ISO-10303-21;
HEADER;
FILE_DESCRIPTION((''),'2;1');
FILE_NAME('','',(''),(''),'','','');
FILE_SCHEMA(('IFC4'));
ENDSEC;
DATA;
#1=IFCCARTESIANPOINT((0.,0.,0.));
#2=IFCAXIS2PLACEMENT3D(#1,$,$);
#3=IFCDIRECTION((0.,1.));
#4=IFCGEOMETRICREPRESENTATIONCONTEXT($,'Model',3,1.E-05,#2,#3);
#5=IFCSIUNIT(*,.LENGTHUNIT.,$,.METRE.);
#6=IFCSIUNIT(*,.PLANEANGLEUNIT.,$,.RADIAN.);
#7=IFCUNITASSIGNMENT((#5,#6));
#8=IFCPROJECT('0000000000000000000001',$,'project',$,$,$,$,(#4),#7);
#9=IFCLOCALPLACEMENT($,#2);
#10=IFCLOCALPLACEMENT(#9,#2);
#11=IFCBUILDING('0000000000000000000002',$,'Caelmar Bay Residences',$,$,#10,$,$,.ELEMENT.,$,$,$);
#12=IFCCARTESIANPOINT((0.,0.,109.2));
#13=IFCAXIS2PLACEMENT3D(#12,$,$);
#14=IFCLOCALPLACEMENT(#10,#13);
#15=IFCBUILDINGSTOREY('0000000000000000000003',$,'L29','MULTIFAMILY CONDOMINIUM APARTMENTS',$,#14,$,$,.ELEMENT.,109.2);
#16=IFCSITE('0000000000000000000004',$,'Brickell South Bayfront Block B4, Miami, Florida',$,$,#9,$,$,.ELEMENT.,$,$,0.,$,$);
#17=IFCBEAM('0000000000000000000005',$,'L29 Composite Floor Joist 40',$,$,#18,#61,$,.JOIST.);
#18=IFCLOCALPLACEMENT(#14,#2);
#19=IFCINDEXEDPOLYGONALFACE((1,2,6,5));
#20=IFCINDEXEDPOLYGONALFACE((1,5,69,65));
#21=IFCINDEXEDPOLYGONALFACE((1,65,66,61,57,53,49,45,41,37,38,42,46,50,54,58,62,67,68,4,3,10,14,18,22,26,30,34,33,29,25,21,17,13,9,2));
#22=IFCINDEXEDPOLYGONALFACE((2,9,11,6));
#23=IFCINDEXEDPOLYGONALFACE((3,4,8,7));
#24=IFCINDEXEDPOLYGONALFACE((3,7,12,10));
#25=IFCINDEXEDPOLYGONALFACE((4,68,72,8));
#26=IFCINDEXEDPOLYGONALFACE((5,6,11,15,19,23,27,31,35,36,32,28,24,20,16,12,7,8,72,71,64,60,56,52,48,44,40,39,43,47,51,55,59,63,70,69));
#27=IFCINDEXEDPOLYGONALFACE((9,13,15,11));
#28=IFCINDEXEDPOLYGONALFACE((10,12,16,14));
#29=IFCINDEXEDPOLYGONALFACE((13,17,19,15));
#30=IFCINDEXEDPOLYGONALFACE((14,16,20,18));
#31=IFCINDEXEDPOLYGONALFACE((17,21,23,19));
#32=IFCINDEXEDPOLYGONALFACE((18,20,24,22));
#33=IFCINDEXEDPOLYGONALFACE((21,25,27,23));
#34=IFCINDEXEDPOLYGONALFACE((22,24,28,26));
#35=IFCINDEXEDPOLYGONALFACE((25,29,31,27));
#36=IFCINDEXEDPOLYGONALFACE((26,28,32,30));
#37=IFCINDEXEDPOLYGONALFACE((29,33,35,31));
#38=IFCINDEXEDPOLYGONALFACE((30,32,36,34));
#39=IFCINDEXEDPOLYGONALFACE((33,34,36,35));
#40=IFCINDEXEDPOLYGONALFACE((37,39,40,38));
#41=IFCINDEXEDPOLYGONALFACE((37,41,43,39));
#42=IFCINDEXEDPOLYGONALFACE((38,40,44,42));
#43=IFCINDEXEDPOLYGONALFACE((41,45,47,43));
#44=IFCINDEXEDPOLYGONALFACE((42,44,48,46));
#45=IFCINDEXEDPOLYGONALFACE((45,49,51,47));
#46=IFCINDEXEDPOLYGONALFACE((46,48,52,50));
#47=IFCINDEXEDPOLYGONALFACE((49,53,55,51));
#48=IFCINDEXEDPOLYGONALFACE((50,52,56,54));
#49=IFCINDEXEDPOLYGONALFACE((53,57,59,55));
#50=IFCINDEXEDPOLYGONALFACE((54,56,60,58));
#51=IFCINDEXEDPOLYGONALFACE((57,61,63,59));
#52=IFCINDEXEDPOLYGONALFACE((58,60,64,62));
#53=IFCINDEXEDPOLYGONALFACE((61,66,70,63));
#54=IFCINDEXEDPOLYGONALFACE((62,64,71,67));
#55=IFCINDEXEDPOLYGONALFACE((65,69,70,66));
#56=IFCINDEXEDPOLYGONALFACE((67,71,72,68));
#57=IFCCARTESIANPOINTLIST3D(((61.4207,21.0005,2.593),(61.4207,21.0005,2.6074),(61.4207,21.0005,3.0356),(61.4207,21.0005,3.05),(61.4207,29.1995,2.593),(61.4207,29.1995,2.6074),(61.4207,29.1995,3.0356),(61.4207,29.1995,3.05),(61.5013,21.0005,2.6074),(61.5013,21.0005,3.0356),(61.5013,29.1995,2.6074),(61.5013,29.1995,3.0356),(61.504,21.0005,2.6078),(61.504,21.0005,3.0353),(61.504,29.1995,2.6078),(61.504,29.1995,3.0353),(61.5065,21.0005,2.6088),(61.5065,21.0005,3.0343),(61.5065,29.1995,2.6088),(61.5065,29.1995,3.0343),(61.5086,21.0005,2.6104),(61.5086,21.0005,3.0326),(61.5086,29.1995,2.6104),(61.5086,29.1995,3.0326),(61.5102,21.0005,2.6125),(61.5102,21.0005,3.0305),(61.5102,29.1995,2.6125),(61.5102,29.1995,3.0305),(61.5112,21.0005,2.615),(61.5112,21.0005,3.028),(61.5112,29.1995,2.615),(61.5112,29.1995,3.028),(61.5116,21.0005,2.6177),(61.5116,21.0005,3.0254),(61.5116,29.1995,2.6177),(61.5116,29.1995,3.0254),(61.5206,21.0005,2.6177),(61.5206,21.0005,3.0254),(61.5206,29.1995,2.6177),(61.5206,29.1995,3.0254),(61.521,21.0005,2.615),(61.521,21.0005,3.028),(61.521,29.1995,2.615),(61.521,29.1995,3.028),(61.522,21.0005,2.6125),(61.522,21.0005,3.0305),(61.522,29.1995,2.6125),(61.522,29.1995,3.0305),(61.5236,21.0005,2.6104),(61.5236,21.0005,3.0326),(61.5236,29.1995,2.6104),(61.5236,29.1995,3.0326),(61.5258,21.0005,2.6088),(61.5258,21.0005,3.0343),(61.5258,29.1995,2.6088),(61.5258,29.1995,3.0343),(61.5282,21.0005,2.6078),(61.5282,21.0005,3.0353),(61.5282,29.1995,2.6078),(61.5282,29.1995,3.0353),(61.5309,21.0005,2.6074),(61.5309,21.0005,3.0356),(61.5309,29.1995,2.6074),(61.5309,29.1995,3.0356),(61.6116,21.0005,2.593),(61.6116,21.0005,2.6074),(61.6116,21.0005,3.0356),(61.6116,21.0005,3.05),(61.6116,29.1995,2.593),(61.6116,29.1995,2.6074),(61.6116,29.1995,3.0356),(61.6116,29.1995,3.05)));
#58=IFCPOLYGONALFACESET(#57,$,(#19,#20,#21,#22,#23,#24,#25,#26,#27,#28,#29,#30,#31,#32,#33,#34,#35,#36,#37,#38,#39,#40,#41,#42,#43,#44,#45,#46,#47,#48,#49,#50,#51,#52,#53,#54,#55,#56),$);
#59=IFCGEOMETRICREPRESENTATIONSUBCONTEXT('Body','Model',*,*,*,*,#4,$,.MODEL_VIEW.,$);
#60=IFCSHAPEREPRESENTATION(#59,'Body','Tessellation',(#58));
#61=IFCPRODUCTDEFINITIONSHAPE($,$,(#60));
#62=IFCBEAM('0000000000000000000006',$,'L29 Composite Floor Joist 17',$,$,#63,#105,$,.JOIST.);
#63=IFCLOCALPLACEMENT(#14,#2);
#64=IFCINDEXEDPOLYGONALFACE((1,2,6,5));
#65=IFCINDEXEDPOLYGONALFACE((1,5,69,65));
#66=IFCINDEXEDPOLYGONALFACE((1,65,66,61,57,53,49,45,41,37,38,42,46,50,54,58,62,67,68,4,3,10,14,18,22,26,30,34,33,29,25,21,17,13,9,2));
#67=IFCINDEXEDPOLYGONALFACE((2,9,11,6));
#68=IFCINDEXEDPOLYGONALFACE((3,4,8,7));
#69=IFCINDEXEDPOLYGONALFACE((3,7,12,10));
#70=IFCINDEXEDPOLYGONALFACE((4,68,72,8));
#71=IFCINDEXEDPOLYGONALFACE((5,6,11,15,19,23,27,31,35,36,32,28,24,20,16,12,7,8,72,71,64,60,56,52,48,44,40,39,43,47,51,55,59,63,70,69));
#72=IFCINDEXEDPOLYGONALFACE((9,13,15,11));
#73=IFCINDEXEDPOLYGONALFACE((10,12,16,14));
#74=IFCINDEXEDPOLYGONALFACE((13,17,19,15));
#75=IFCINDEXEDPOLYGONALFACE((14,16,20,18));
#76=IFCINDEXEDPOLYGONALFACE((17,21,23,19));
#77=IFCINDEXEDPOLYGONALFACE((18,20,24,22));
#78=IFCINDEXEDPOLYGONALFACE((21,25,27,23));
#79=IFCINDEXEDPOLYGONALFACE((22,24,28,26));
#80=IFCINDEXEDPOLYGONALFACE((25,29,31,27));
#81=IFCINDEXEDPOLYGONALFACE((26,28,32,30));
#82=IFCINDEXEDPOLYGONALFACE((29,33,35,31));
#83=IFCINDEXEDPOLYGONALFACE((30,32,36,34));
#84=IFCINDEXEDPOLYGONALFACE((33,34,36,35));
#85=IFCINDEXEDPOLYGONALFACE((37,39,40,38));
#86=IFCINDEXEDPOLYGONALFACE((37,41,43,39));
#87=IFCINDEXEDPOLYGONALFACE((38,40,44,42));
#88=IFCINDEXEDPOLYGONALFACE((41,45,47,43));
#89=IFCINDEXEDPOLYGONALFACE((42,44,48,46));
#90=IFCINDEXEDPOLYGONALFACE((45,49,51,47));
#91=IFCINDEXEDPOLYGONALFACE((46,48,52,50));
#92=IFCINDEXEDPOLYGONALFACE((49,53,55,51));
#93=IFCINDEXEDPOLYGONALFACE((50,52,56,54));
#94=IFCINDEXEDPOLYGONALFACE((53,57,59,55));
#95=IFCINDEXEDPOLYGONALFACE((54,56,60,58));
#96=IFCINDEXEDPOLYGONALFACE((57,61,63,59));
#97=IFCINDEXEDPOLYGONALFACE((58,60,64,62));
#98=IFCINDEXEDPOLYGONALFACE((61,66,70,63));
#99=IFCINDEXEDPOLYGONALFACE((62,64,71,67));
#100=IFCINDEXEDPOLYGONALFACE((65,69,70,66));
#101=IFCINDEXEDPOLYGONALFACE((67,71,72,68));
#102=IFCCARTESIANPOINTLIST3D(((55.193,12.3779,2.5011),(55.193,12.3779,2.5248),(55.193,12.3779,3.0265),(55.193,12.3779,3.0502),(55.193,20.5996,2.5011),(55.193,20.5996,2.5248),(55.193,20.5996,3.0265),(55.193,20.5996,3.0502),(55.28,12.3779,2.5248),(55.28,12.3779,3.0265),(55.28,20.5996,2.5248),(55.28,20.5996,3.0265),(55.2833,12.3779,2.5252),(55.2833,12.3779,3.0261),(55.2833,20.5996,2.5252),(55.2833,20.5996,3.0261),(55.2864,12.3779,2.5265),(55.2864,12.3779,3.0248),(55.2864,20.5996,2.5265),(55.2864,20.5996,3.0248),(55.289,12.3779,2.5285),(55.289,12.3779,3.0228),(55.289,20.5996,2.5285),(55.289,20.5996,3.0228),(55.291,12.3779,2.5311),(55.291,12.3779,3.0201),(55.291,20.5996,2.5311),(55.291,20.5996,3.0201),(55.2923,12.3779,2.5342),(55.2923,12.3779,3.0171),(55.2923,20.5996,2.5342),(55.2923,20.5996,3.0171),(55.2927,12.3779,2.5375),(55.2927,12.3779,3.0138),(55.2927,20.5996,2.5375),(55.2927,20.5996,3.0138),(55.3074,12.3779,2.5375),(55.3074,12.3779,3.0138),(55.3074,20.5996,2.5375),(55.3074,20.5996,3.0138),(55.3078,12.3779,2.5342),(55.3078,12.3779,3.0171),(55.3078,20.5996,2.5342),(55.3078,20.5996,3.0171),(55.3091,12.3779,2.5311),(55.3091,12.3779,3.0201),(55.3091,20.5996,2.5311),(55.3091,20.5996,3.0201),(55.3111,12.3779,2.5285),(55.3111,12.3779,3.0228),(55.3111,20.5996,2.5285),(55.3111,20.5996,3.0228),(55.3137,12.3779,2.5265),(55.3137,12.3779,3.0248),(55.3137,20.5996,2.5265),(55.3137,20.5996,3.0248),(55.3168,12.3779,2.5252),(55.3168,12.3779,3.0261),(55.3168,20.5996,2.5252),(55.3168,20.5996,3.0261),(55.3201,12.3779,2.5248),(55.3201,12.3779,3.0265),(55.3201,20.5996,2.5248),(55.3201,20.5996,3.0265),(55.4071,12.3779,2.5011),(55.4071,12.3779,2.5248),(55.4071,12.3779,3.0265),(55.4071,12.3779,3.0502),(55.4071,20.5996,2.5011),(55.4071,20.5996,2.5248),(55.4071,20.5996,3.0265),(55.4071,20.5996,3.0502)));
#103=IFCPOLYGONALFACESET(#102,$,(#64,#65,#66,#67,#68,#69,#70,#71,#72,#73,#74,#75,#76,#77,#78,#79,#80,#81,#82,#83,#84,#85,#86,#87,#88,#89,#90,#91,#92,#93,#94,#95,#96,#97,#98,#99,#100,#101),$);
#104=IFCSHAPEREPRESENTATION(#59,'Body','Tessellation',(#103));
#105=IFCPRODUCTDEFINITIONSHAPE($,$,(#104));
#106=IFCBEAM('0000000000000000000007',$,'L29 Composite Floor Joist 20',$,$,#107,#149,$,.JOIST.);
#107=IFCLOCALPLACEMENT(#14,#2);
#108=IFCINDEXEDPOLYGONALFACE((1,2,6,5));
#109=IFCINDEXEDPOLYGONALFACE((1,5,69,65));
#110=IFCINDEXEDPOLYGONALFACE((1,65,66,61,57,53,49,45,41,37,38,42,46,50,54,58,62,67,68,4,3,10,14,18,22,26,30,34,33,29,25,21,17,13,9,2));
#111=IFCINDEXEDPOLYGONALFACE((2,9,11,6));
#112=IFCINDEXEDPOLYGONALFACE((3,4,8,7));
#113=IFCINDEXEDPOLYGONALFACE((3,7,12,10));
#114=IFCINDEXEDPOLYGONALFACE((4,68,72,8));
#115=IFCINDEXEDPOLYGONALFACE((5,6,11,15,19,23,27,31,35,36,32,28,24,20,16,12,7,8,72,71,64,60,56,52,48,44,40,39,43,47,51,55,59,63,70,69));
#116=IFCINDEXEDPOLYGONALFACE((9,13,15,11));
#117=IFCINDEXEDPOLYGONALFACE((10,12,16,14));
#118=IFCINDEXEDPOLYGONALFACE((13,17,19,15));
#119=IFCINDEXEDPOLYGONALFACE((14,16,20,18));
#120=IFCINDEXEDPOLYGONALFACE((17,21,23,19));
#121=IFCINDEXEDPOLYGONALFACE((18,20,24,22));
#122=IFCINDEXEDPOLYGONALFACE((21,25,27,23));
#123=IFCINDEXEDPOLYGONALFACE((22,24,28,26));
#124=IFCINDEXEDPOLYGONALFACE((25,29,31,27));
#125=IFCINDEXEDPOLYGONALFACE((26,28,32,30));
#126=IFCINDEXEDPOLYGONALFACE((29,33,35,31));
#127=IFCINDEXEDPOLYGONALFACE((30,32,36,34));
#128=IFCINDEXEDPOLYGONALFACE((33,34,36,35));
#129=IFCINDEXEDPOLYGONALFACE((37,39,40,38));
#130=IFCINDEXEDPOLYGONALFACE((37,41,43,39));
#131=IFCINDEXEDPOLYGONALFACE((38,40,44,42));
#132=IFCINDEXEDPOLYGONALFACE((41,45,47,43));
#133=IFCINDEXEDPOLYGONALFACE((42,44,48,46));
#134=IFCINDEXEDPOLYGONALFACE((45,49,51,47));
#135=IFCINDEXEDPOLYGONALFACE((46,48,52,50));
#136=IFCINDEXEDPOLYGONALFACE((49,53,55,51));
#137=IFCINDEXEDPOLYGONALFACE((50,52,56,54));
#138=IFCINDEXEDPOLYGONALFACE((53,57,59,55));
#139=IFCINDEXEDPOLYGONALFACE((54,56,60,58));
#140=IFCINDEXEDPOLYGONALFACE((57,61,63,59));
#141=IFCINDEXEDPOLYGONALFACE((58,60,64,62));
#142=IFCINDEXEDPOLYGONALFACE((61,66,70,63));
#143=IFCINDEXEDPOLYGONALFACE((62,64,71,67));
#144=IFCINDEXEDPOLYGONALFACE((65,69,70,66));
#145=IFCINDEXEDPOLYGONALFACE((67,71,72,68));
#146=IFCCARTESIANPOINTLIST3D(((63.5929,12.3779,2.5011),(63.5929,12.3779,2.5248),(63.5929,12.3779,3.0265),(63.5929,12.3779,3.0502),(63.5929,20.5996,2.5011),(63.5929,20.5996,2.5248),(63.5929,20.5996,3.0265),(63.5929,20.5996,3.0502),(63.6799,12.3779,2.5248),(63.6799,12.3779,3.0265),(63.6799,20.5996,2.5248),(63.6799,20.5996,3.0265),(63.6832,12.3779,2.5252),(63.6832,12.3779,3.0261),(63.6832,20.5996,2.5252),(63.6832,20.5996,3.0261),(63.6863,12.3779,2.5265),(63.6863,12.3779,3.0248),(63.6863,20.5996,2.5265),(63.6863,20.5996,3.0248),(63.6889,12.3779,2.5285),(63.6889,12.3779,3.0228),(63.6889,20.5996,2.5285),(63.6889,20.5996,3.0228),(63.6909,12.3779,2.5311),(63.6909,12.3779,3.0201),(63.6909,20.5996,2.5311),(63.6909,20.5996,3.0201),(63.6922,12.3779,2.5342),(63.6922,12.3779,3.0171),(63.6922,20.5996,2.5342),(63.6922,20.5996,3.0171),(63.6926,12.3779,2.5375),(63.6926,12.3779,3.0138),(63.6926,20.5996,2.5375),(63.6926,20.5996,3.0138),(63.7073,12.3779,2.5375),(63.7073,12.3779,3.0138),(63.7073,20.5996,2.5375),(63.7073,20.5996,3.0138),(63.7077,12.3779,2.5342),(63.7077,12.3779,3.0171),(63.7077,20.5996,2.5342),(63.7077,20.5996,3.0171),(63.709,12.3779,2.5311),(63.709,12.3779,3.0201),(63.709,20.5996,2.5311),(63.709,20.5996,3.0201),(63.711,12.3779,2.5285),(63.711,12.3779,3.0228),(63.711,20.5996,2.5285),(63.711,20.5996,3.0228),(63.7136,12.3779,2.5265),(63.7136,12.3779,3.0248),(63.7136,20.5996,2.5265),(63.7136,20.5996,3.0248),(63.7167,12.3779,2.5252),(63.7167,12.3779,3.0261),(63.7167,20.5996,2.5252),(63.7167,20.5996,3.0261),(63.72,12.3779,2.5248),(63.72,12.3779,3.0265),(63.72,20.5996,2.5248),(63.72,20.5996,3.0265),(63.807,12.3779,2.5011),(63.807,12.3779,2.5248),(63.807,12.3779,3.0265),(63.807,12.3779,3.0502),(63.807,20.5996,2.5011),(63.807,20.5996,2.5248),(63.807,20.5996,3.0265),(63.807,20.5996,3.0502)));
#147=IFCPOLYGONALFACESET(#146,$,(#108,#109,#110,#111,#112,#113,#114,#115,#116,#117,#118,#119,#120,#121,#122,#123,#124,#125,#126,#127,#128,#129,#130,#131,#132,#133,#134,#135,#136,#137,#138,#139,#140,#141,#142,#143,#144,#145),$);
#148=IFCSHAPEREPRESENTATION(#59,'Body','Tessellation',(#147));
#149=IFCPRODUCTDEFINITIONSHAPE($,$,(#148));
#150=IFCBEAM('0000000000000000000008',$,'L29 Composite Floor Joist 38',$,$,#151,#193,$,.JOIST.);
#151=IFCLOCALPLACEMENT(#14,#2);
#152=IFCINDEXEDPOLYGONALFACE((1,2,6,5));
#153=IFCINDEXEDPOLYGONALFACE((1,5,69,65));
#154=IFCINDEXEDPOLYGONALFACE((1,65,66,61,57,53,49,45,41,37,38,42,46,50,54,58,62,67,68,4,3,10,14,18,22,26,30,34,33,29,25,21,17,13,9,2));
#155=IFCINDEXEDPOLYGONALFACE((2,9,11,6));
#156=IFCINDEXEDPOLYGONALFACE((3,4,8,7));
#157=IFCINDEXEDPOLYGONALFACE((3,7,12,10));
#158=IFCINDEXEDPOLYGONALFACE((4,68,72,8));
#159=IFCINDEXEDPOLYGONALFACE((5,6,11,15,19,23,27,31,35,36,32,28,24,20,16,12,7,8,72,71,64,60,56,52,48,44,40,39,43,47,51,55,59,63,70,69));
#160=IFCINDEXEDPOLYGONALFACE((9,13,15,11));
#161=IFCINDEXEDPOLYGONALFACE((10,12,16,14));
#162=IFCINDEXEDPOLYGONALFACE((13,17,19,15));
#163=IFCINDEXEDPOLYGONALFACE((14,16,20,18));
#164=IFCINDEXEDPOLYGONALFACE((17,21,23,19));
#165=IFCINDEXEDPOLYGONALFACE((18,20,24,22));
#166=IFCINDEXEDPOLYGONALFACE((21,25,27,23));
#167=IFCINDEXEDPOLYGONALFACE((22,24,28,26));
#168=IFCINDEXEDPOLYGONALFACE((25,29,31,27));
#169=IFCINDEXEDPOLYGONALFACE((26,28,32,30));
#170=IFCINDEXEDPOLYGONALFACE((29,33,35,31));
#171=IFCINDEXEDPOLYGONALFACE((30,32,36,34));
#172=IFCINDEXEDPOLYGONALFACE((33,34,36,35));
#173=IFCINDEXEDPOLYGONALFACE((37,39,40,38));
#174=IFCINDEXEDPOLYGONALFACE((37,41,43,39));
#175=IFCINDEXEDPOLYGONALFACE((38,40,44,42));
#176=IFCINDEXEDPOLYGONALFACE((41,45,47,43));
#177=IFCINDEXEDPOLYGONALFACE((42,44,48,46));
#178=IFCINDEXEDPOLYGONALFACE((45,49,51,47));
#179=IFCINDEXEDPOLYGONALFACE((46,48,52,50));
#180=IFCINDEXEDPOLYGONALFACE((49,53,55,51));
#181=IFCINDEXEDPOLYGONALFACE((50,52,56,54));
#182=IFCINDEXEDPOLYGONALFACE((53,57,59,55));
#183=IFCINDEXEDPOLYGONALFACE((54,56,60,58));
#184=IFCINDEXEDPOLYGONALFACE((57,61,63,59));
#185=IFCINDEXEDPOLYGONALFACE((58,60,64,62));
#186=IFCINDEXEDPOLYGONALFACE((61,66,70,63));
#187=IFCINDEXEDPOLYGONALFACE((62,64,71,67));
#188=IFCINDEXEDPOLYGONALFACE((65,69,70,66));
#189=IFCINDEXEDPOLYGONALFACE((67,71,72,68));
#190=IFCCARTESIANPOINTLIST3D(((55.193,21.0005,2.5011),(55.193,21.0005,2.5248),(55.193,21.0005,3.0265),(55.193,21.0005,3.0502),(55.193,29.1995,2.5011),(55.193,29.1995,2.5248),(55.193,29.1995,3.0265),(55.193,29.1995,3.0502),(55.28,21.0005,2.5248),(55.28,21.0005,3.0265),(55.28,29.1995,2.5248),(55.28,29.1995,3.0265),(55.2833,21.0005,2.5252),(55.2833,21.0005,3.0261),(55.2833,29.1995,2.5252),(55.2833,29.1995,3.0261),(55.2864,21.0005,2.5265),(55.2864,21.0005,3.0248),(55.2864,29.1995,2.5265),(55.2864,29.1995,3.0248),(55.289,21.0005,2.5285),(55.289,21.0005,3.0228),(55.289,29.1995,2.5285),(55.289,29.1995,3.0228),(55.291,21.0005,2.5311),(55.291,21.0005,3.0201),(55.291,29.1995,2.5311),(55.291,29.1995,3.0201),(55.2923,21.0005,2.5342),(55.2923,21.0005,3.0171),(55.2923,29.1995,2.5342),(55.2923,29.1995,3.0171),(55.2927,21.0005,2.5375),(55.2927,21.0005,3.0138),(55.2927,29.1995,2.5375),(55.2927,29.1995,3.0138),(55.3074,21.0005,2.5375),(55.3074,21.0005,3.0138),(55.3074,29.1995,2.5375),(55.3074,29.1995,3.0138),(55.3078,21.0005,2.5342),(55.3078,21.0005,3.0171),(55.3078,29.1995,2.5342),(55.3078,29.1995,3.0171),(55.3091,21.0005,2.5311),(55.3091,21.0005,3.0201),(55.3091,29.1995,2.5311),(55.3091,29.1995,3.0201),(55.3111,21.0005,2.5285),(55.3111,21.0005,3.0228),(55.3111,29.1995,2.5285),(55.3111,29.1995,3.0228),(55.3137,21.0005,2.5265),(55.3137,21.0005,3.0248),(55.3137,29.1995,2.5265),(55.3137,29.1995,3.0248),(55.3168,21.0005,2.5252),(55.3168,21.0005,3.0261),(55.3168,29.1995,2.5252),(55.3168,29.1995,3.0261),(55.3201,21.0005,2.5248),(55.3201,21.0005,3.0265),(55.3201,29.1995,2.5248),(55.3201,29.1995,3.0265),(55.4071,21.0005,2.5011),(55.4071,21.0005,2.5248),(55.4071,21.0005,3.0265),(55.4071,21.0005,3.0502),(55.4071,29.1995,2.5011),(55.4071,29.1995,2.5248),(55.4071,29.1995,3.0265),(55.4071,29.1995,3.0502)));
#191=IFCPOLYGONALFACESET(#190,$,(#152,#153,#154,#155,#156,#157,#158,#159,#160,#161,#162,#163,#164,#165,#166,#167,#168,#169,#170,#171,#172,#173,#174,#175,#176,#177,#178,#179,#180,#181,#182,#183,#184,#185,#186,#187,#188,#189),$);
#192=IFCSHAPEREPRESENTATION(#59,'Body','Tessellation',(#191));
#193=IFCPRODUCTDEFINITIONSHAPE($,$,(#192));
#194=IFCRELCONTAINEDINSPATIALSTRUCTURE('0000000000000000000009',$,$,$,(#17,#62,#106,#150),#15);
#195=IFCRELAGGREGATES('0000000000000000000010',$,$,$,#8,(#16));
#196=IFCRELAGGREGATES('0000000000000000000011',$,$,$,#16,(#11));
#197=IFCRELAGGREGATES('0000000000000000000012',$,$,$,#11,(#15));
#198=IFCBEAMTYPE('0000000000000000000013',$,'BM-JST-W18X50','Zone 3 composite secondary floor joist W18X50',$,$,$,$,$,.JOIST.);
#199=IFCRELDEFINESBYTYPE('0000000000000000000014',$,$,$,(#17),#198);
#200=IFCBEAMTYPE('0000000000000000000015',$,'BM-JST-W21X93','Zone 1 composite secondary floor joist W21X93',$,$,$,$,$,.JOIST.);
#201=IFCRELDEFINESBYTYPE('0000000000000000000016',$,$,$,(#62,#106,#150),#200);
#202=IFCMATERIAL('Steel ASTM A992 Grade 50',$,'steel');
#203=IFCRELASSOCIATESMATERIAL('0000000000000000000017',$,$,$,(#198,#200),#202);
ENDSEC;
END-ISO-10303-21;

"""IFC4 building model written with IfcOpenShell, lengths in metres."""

from ifc_helpers import new_model, si_unit, direction, frame, origin, origin_2d, place, context, subcontext, project, spatial, i_section, extrude, material, material_profile, profile_set, type_object, element, save


model = new_model("IFC4")

# Units and contexts
model_context = context("Model", 3, precision=1e-05, world=origin(), true_north=direction((0.0, 1.0)))
body_context = subcontext(model_context, "Body", "Model", "MODEL_VIEW")
ifc_project = project(units=[si_unit("LENGTHUNIT", "METRE"), si_unit("PLANEANGLEUNIT", "RADIAN")], contexts=[model_context])

# Site, building, storey
site_placement = place(None, origin())
site = spatial("IfcSite", under=ifc_project, at=site_placement, Name="Brickell South Bayfront Block B4, Miami, Florida", CompositionType="ELEMENT", RefElevation=0.0)
building_placement = place(site_placement, origin())
building = spatial("IfcBuilding", under=site, at=building_placement, Name="Caelmar Bay Residences", CompositionType="ELEMENT")
storey_placement = place(building_placement, frame((0.0, 0.0, 109.2)))
storey = spatial("IfcBuildingStorey", under=building, at=storey_placement, Name="L29", Description="MULTIFAMILY CONDOMINIUM APARTMENTS", CompositionType="ELEMENT", Elevation=109.2)

# Beams
ifc_material_1 = material(Name="Steel ASTM A992 Grade 50", Category="steel")
ifc_material_profile_1 = material_profile(ifc_material_1, i_section(OverallWidth=0.1909, OverallDepth=0.457, WebThickness=0.009, FlangeThickness=0.0144, FilletRadius=0.0103, at=origin_2d()), Name="W18X50")
ifc_profile_set_1 = profile_set([ifc_material_profile_1], Name="Steel ASTM A992 Grade 50")
beam_type_1 = type_object("IfcBeamType", Name="BM-JST-W18X50", Description="Zone 3 composite secondary floor joist W18X50", PredefinedType="JOIST", material=ifc_profile_set_1)
for number, where, z_axis, x_axis, name in (
    (1, (61.5161, 21.0005, 2.8215), (0.0, 1.0, 0.0), (-1.0, 0.0, 0.0), "L29 Composite Floor Joist 40"),
):
    element("IfcBeam", number, at=place(storey_placement, frame(where, z_axis=z_axis, x_axis=x_axis)), inside=storey, type_object=beam_type_1, Name=name, PredefinedType="JOIST", context=body_context, shape_type="SweptSolid", body=[
        extrude(i_section(OverallWidth=0.1909, OverallDepth=0.457, WebThickness=0.009, FlangeThickness=0.0144, FilletRadius=0.0103, at=origin_2d()), origin(), (0.0, 0.0, 1.0), 8.199),
    ])
ifc_material_profile_2 = material_profile(ifc_material_1, i_section(OverallWidth=0.2141, OverallDepth=0.5491, WebThickness=0.0146, FlangeThickness=0.0237, FilletRadius=0.0127, at=origin_2d()), Name="W21X93")
ifc_profile_set_2 = profile_set([ifc_material_profile_2], Name="Steel ASTM A992 Grade 50")
beam_type_2 = type_object("IfcBeamType", Name="BM-JST-W21X93", Description="Zone 1 composite secondary floor joist W21X93", PredefinedType="JOIST", material=ifc_profile_set_2)
for number, where, z_axis, x_axis, name in (
    (2, (55.3, 12.3779, 2.7756), (0.0, 1.0, 0.0), (-1.0, 0.0, 0.0), "L29 Composite Floor Joist 17"),
    (3, (63.7, 12.3779, 2.7756), (0.0, 1.0, 0.0), (-1.0, 0.0, 0.0), "L29 Composite Floor Joist 20"),
):
    element("IfcBeam", number, at=place(storey_placement, frame(where, z_axis=z_axis, x_axis=x_axis)), inside=storey, type_object=beam_type_2, Name=name, PredefinedType="JOIST", context=body_context, shape_type="SweptSolid", body=[
        extrude(i_section(OverallWidth=0.2141, OverallDepth=0.5491, WebThickness=0.0146, FlangeThickness=0.0237, FilletRadius=0.0127, at=origin_2d()), origin(), (0.0, 0.0, 1.0), 8.2217),
    ])
for number, where, z_axis, x_axis, name in (
    (4, (55.3, 21.0005, 2.7756), (0.0, 1.0, 0.0), (-1.0, 0.0, 0.0), "L29 Composite Floor Joist 38"),
):
    element("IfcBeam", number, at=place(storey_placement, frame(where, z_axis=z_axis, x_axis=x_axis)), inside=storey, type_object=beam_type_2, Name=name, PredefinedType="JOIST", context=body_context, shape_type="SweptSolid", body=[
        extrude(i_section(OverallWidth=0.2141, OverallDepth=0.5491, WebThickness=0.0146, FlangeThickness=0.0237, FilletRadius=0.0127, at=origin_2d()), origin(), (0.0, 0.0, 1.0), 8.199),
    ])

save(model, "model.ifc")
